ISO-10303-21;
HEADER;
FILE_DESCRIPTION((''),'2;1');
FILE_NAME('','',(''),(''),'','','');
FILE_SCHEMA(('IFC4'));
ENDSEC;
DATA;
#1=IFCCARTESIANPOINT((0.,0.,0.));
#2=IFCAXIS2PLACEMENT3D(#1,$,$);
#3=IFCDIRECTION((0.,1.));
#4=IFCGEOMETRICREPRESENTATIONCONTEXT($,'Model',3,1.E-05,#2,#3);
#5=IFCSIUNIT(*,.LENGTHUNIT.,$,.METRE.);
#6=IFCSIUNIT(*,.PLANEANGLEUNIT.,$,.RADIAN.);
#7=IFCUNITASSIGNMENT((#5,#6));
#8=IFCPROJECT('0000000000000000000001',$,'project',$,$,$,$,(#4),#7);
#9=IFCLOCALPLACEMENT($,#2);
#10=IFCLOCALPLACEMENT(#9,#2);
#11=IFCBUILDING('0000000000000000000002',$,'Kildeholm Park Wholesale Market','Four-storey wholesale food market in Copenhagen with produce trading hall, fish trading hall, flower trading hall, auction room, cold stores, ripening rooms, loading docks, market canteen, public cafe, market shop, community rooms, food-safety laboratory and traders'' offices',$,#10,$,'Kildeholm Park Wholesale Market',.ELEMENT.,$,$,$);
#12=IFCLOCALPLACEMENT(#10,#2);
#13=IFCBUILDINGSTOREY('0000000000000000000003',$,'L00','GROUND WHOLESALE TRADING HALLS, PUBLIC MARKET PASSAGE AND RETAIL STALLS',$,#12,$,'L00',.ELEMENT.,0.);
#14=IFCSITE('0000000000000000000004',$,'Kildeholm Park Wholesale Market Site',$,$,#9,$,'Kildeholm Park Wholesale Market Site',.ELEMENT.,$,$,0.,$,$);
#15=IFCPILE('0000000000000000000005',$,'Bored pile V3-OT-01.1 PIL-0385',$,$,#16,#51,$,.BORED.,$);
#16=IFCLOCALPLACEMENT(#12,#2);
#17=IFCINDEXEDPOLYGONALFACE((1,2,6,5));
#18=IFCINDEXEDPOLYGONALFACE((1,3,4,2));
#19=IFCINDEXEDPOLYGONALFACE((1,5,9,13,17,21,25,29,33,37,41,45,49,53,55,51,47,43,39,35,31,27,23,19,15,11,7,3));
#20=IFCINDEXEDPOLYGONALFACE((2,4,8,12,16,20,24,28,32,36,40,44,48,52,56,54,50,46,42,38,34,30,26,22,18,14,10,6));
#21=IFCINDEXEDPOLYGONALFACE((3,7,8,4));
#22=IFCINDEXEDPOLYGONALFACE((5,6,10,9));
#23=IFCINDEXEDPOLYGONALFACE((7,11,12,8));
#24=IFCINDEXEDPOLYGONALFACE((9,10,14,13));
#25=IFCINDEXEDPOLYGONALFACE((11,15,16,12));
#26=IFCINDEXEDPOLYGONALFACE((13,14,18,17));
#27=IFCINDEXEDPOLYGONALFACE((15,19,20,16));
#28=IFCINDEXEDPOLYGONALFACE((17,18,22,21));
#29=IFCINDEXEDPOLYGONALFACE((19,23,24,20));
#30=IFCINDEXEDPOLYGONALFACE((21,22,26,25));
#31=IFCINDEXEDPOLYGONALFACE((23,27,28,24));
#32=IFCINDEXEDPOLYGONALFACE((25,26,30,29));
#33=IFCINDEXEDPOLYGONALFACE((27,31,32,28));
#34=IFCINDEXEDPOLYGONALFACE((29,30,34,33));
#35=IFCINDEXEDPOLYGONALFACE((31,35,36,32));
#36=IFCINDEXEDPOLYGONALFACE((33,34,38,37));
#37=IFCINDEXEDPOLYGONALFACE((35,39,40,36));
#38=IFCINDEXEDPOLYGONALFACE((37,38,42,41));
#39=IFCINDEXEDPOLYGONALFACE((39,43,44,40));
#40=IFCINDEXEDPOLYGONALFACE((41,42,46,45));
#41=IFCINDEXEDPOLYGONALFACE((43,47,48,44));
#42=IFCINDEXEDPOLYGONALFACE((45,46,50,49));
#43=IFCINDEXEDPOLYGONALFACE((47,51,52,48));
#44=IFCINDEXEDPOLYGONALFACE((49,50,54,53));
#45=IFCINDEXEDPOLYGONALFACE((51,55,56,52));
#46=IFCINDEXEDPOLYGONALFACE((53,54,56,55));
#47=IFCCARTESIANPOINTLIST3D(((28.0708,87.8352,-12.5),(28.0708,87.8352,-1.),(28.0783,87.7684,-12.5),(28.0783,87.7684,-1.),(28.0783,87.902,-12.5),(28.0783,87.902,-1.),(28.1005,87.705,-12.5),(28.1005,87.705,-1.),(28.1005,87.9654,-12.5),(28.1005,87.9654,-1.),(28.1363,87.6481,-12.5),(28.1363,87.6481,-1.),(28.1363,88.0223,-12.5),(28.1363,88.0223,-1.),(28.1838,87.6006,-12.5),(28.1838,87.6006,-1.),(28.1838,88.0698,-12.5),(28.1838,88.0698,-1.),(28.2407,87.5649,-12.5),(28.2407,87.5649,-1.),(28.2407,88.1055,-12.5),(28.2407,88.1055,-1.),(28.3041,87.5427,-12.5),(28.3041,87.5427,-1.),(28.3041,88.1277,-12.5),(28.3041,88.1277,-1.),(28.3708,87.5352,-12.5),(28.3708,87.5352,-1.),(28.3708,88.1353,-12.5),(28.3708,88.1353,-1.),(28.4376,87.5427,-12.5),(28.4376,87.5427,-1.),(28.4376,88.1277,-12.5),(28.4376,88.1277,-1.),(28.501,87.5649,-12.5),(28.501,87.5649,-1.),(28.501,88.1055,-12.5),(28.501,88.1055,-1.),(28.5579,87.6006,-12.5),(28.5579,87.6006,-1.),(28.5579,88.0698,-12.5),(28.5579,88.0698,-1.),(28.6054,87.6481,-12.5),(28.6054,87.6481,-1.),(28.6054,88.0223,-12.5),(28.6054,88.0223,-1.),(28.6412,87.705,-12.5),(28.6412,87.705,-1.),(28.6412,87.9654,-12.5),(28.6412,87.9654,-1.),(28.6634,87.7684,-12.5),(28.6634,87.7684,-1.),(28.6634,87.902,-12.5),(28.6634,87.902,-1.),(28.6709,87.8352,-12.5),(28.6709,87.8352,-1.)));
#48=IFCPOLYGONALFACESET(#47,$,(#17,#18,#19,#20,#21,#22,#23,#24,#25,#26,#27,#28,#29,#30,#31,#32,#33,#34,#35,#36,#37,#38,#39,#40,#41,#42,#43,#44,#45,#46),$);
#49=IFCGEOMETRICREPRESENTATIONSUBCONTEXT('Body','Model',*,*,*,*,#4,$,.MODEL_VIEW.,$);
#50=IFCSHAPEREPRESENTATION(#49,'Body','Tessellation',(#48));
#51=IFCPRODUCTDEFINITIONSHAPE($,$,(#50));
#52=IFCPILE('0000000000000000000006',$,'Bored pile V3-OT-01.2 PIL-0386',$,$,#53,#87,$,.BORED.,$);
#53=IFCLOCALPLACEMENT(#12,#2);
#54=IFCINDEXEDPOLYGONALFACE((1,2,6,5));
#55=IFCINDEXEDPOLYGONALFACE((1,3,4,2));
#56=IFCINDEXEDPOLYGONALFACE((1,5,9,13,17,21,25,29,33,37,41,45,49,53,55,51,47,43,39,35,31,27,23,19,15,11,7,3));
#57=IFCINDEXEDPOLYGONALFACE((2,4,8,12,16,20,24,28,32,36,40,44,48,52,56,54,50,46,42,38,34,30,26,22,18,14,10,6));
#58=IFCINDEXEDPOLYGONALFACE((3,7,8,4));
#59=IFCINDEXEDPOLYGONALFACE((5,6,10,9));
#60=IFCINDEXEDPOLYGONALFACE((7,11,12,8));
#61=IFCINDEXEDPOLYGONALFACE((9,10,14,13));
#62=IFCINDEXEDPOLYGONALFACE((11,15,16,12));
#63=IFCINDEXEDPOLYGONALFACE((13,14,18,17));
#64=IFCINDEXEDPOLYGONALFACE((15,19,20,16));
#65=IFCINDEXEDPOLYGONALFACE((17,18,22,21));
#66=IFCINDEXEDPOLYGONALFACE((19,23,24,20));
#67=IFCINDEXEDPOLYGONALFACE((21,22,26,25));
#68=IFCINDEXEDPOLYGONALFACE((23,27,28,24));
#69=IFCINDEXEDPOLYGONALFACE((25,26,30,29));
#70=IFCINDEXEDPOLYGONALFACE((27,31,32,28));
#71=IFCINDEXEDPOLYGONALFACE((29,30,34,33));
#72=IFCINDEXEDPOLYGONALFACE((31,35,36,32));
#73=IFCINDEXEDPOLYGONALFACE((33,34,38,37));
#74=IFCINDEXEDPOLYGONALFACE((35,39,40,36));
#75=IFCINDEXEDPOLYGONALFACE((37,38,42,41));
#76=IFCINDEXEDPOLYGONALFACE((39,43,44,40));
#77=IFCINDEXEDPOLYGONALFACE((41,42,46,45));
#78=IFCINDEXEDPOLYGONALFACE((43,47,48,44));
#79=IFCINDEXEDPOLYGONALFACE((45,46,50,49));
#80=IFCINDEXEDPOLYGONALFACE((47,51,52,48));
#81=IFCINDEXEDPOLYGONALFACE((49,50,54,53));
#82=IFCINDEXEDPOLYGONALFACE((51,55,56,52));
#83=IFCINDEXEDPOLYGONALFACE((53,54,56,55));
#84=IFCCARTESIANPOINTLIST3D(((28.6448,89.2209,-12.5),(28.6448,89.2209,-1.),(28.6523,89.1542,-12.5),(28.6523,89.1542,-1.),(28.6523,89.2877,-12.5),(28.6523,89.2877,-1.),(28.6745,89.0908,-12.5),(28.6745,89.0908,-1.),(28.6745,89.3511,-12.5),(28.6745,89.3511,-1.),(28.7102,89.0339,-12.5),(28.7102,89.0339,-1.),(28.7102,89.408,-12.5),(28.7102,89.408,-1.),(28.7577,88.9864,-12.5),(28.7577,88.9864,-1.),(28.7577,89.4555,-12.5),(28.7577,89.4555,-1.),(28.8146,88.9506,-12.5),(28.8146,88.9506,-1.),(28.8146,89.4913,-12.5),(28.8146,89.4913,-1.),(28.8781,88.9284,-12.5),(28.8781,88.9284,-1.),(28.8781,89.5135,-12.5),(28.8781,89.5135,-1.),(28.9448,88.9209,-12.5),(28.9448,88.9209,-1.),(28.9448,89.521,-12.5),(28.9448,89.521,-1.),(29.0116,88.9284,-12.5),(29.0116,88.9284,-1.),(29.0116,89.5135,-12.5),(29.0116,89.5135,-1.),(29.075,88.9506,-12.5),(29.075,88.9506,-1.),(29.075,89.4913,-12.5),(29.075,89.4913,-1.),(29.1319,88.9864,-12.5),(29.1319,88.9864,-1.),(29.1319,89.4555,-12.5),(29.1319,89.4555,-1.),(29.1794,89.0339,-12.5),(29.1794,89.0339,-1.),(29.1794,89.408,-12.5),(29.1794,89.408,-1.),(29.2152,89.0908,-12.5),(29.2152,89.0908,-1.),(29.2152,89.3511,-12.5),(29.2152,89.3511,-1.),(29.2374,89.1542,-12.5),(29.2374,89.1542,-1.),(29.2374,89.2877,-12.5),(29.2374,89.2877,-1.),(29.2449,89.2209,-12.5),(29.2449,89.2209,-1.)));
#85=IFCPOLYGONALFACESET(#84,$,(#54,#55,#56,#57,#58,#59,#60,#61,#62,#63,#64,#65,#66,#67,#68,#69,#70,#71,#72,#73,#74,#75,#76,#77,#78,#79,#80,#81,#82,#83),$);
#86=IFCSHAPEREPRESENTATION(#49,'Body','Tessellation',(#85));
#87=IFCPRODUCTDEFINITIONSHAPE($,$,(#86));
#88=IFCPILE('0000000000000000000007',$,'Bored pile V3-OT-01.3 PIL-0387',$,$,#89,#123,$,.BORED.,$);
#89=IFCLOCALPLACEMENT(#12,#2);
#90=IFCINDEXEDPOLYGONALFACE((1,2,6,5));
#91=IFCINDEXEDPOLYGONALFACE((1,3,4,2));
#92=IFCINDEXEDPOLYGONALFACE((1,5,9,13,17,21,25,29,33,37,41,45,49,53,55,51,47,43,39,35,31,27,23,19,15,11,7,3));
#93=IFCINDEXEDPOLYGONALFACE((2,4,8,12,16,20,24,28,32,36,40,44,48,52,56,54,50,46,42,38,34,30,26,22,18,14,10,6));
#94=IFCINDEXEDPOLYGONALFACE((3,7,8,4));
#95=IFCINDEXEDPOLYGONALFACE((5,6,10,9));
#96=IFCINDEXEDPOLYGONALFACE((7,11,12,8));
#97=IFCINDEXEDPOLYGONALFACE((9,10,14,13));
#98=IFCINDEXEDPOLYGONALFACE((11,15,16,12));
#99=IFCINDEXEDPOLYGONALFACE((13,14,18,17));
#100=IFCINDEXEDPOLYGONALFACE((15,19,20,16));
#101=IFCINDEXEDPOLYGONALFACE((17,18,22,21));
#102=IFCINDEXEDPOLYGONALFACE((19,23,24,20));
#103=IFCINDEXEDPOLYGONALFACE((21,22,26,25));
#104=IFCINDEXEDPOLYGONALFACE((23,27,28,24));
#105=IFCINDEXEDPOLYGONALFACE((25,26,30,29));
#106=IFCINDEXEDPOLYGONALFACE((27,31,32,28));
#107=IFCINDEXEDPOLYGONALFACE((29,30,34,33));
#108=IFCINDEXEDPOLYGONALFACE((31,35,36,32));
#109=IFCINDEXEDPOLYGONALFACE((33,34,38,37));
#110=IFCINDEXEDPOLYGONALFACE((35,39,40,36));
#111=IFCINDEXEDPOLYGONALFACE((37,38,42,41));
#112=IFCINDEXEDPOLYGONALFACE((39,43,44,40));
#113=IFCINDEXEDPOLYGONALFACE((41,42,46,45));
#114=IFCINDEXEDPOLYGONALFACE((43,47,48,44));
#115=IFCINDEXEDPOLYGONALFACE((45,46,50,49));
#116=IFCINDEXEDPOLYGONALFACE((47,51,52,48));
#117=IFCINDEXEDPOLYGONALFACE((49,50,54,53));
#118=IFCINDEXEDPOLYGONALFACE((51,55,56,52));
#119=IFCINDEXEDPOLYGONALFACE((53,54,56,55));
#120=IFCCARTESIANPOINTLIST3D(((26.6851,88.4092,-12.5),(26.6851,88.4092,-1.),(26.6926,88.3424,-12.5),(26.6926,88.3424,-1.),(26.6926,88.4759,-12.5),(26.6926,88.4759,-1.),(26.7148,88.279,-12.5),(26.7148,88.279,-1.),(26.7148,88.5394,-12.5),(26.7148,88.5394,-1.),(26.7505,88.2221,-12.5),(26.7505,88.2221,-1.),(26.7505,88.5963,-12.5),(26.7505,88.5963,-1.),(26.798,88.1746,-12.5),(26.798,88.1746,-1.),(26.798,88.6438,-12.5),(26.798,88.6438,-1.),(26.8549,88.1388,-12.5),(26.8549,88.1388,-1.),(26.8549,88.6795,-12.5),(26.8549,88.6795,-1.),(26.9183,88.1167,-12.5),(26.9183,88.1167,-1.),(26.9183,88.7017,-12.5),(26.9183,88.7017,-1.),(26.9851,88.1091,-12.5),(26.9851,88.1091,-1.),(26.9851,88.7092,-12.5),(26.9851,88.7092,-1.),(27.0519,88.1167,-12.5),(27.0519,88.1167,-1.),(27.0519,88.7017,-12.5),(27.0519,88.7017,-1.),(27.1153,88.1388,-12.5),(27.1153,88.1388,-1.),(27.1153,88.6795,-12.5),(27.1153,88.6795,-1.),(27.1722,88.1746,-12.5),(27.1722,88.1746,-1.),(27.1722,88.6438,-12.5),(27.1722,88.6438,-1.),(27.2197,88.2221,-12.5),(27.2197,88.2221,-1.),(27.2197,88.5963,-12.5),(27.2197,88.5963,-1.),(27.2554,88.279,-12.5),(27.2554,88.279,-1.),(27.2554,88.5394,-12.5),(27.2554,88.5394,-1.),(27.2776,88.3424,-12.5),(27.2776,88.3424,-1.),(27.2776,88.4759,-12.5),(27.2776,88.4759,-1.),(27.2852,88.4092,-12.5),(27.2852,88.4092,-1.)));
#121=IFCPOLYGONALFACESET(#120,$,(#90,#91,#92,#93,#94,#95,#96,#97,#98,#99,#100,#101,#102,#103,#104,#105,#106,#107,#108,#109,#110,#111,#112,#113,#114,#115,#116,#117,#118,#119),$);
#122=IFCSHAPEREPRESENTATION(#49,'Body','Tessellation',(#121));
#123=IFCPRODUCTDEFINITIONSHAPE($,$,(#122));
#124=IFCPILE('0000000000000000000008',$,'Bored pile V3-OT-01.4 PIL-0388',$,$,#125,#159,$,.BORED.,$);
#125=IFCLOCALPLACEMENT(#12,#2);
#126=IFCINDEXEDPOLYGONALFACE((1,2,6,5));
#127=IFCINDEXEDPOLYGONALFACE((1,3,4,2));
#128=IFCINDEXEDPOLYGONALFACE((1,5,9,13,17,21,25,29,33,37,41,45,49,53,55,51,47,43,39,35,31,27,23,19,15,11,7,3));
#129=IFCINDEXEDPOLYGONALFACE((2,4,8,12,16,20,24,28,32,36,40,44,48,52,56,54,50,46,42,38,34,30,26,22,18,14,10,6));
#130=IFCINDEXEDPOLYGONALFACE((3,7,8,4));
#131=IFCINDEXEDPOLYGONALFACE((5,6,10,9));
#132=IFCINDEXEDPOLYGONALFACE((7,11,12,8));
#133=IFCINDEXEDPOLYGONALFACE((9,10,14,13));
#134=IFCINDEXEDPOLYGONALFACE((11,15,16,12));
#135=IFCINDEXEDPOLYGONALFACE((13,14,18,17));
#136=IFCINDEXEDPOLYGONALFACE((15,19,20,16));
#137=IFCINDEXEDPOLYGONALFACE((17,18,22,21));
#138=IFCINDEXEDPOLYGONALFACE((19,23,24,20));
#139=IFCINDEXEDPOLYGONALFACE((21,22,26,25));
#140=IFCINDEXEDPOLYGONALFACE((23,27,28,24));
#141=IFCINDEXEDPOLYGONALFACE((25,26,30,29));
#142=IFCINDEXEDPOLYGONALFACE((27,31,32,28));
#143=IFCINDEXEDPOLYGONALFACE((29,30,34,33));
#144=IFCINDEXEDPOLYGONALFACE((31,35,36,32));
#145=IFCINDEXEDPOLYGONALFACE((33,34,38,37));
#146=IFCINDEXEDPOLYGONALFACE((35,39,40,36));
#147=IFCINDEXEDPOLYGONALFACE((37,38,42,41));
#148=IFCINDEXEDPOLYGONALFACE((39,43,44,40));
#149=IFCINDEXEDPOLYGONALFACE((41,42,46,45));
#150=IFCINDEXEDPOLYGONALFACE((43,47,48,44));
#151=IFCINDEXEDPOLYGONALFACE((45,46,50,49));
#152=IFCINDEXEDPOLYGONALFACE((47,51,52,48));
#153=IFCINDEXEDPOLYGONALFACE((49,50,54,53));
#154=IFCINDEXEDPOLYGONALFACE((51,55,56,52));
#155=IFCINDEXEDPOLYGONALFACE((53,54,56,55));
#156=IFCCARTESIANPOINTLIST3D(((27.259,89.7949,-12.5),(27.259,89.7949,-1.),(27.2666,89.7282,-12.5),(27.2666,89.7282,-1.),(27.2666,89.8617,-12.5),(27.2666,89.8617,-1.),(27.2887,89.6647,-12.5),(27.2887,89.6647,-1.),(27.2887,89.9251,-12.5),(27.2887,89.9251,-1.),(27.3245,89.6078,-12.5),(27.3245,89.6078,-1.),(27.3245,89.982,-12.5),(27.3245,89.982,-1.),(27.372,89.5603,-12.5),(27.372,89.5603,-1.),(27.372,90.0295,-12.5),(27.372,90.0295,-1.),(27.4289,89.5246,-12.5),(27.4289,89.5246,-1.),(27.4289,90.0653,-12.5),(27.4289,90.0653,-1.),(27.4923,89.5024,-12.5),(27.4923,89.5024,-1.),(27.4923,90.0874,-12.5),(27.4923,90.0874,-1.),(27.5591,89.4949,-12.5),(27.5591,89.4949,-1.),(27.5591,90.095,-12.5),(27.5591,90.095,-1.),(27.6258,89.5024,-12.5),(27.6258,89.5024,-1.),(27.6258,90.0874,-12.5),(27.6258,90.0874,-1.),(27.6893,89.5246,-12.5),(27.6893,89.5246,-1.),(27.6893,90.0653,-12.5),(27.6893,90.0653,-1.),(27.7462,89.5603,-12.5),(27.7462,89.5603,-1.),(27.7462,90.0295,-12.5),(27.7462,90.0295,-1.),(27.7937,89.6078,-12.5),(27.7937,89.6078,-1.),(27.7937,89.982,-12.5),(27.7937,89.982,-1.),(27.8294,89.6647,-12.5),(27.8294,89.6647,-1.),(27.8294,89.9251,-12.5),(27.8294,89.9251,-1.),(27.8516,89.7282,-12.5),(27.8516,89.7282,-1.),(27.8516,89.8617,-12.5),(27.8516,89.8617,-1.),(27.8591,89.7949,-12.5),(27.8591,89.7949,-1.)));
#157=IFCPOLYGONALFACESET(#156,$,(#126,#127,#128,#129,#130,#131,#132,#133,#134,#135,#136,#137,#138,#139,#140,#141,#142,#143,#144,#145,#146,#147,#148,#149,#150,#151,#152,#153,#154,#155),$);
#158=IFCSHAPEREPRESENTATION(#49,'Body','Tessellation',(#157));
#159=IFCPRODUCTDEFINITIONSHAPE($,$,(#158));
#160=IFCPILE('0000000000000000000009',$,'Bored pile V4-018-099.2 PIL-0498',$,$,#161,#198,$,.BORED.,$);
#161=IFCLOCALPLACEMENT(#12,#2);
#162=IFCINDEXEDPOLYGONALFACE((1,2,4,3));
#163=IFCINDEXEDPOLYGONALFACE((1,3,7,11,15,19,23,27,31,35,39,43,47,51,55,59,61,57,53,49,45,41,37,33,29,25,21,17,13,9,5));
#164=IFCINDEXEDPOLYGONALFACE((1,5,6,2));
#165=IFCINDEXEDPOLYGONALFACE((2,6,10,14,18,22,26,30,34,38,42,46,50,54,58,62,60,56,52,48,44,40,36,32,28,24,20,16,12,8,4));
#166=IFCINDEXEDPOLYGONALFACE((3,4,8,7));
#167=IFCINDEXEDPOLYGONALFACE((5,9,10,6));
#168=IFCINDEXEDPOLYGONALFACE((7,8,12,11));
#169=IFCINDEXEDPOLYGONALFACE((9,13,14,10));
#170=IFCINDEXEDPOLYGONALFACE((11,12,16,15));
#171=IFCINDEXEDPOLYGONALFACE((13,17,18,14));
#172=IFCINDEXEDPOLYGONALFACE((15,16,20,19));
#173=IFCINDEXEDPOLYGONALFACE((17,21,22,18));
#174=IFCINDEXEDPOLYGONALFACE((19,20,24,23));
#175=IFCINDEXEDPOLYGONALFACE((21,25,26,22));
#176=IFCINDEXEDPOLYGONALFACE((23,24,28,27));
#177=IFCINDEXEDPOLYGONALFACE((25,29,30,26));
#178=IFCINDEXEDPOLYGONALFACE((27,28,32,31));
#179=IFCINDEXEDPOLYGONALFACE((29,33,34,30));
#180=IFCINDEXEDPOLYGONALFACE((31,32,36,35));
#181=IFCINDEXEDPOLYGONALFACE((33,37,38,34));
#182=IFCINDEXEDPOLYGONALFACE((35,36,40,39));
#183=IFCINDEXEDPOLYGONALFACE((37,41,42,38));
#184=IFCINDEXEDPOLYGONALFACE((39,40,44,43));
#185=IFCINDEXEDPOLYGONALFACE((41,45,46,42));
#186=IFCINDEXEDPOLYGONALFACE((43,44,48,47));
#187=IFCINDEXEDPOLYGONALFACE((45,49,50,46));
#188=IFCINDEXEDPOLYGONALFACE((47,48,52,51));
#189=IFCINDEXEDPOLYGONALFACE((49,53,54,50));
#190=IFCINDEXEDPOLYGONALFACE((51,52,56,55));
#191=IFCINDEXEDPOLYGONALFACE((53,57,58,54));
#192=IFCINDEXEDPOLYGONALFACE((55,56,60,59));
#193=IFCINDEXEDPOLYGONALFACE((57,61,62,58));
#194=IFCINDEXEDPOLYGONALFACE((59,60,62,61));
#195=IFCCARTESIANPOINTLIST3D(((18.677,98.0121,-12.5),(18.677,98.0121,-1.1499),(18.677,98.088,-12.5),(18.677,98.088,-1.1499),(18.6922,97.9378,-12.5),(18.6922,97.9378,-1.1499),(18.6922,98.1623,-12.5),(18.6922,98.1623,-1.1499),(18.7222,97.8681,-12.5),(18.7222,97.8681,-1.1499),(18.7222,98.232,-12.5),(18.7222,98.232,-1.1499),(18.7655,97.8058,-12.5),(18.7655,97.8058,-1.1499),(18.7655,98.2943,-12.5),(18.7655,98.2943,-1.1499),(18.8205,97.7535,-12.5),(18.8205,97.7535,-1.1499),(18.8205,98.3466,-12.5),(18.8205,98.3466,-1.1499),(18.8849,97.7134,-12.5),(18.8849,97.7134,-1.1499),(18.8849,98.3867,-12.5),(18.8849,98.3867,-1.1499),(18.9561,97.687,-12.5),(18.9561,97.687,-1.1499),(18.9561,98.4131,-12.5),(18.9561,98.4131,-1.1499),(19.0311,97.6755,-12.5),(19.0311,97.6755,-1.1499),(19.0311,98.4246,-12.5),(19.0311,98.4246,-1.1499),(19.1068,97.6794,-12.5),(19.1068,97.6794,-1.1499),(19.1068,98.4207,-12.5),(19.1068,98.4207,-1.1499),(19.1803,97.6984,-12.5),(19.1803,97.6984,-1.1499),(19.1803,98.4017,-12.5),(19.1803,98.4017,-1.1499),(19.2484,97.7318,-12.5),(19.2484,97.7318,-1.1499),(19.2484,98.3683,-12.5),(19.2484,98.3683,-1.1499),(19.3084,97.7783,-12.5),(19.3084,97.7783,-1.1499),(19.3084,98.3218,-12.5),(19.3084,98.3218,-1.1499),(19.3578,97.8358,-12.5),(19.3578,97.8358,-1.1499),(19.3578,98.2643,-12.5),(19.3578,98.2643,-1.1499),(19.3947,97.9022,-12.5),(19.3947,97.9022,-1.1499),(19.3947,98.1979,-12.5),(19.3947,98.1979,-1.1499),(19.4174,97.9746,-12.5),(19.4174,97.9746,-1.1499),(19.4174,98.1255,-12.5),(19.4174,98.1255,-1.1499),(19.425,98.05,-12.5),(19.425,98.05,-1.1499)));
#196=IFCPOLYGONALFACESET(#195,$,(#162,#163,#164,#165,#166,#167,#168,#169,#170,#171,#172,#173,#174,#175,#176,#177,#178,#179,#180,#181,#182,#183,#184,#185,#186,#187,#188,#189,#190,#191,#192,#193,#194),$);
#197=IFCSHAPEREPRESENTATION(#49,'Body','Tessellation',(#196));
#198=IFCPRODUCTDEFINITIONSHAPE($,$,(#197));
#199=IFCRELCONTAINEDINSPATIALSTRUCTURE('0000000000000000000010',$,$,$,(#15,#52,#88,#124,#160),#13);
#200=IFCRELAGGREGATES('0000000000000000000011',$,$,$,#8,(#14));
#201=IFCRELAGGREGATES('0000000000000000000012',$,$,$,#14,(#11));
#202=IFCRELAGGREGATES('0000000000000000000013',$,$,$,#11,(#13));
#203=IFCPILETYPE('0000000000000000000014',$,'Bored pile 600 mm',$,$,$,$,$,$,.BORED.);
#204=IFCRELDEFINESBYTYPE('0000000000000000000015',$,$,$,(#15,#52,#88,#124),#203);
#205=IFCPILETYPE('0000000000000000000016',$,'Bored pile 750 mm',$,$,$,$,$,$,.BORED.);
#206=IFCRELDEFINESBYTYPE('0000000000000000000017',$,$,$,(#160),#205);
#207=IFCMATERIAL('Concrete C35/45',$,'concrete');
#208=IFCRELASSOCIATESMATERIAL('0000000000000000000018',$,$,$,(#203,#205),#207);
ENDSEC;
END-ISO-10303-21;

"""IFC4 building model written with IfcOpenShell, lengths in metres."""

from ifc_helpers import new_model, si_unit, direction, frame, origin, origin_2d, place, context, subcontext, project, spatial, circle, extrude, material, material_profile, profile_set, type_object, element, save


model = new_model("IFC4")

# Units and contexts
model_context = context("Model", 3, precision=1e-05, world=origin(), true_north=direction((0.0, 1.0)))
body_context = subcontext(model_context, "Body", "Model", "MODEL_VIEW")
ifc_project = project(units=[si_unit("LENGTHUNIT", "METRE"), si_unit("PLANEANGLEUNIT", "RADIAN")], contexts=[model_context])

# Site, building, storey
site_placement = place(None, origin())
site = spatial("IfcSite", under=ifc_project, at=site_placement, Name="Kildeholm Park Wholesale Market Site", LongName="Kildeholm Park Wholesale Market Site", CompositionType="ELEMENT", RefElevation=0.0)
building_placement = place(site_placement, origin())
building = spatial("IfcBuilding", under=site, at=building_placement, Name="Kildeholm Park Wholesale Market", Description="Four-storey wholesale food market in Copenhagen with produce trading hall, fish trading hall, flower trading hall, auction room, cold stores, ripening rooms, loading docks, market canteen, public cafe, market shop, community rooms, food-safety laboratory and traders' offices", LongName="Kildeholm Park Wholesale Market", CompositionType="ELEMENT")
storey_placement = place(building_placement, origin())
storey = spatial("IfcBuildingStorey", under=building, at=storey_placement, Name="L00", Description="GROUND WHOLESALE TRADING HALLS, PUBLIC MARKET PASSAGE AND RETAIL STALLS", LongName="L00", CompositionType="ELEMENT", Elevation=0.0)

# Piles
ifc_material_1 = material(Name="Concrete C35/45", Category="concrete")
ifc_material_profile_1 = material_profile(ifc_material_1, circle(Radius=0.3, at=origin_2d()), Name="PILE D600")
ifc_profile_set_1 = profile_set([ifc_material_profile_1], Name="Concrete C35/45")
pile_type_1 = type_object("IfcPileType", Name="Bored pile 600 mm", PredefinedType="BORED", material=ifc_profile_set_1)
for number, where, z_axis, x_axis, name in (
    (1, (28.3708, 87.8352, -1.0), (0.0, 0.0, -1.0), (1.0, 0.0, 0.0), "Bored pile V3-OT-01.1 PIL-0385"),
    (2, (28.9448, 89.2209, -1.0), (0.0, 0.0, -1.0), (1.0, 0.0, 0.0), "Bored pile V3-OT-01.2 PIL-0386"),
    (3, (26.9851, 88.4092, -1.0), (0.0, 0.0, -1.0), (1.0, 0.0, 0.0), "Bored pile V3-OT-01.3 PIL-0387"),
    (4, (27.5591, 89.7949, -1.0), (0.0, 0.0, -1.0), (1.0, 0.0, 0.0), "Bored pile V3-OT-01.4 PIL-0388"),
):
    element("IfcPile", number, at=place(storey_placement, frame(where, z_axis=z_axis, x_axis=x_axis)), inside=storey, type_object=pile_type_1, Name=name, PredefinedType="BORED", context=body_context, shape_type="SweptSolid", body=[
        extrude(circle(Radius=0.3, at=origin_2d()), origin(), (0.0, 0.0, 1.0), 11.5),
    ])
ifc_material_profile_2 = material_profile(ifc_material_1, circle(Radius=0.375, at=origin_2d()), Name="PILE D750")
ifc_profile_set_2 = profile_set([ifc_material_profile_2], Name="Concrete C35/45")
pile_type_2 = type_object("IfcPileType", Name="Bored pile 750 mm", PredefinedType="BORED", material=ifc_profile_set_2)
for number, where, z_axis, x_axis, name in (
    (5, (19.05, 98.05, -1.1499), (0.0, 0.0, -1.0), (1.0, 0.0, 0.0), "Bored pile V4-018-099.2 PIL-0498"),
):
    element("IfcPile", number, at=place(storey_placement, frame(where, z_axis=z_axis, x_axis=x_axis)), inside=storey, type_object=pile_type_2, Name=name, PredefinedType="BORED", context=body_context, shape_type="SweptSolid", body=[
        extrude(circle(Radius=0.375, at=origin_2d()), origin(), (0.0, 0.0, 1.0), 11.3501),
    ])

save(model, "model.ifc")
